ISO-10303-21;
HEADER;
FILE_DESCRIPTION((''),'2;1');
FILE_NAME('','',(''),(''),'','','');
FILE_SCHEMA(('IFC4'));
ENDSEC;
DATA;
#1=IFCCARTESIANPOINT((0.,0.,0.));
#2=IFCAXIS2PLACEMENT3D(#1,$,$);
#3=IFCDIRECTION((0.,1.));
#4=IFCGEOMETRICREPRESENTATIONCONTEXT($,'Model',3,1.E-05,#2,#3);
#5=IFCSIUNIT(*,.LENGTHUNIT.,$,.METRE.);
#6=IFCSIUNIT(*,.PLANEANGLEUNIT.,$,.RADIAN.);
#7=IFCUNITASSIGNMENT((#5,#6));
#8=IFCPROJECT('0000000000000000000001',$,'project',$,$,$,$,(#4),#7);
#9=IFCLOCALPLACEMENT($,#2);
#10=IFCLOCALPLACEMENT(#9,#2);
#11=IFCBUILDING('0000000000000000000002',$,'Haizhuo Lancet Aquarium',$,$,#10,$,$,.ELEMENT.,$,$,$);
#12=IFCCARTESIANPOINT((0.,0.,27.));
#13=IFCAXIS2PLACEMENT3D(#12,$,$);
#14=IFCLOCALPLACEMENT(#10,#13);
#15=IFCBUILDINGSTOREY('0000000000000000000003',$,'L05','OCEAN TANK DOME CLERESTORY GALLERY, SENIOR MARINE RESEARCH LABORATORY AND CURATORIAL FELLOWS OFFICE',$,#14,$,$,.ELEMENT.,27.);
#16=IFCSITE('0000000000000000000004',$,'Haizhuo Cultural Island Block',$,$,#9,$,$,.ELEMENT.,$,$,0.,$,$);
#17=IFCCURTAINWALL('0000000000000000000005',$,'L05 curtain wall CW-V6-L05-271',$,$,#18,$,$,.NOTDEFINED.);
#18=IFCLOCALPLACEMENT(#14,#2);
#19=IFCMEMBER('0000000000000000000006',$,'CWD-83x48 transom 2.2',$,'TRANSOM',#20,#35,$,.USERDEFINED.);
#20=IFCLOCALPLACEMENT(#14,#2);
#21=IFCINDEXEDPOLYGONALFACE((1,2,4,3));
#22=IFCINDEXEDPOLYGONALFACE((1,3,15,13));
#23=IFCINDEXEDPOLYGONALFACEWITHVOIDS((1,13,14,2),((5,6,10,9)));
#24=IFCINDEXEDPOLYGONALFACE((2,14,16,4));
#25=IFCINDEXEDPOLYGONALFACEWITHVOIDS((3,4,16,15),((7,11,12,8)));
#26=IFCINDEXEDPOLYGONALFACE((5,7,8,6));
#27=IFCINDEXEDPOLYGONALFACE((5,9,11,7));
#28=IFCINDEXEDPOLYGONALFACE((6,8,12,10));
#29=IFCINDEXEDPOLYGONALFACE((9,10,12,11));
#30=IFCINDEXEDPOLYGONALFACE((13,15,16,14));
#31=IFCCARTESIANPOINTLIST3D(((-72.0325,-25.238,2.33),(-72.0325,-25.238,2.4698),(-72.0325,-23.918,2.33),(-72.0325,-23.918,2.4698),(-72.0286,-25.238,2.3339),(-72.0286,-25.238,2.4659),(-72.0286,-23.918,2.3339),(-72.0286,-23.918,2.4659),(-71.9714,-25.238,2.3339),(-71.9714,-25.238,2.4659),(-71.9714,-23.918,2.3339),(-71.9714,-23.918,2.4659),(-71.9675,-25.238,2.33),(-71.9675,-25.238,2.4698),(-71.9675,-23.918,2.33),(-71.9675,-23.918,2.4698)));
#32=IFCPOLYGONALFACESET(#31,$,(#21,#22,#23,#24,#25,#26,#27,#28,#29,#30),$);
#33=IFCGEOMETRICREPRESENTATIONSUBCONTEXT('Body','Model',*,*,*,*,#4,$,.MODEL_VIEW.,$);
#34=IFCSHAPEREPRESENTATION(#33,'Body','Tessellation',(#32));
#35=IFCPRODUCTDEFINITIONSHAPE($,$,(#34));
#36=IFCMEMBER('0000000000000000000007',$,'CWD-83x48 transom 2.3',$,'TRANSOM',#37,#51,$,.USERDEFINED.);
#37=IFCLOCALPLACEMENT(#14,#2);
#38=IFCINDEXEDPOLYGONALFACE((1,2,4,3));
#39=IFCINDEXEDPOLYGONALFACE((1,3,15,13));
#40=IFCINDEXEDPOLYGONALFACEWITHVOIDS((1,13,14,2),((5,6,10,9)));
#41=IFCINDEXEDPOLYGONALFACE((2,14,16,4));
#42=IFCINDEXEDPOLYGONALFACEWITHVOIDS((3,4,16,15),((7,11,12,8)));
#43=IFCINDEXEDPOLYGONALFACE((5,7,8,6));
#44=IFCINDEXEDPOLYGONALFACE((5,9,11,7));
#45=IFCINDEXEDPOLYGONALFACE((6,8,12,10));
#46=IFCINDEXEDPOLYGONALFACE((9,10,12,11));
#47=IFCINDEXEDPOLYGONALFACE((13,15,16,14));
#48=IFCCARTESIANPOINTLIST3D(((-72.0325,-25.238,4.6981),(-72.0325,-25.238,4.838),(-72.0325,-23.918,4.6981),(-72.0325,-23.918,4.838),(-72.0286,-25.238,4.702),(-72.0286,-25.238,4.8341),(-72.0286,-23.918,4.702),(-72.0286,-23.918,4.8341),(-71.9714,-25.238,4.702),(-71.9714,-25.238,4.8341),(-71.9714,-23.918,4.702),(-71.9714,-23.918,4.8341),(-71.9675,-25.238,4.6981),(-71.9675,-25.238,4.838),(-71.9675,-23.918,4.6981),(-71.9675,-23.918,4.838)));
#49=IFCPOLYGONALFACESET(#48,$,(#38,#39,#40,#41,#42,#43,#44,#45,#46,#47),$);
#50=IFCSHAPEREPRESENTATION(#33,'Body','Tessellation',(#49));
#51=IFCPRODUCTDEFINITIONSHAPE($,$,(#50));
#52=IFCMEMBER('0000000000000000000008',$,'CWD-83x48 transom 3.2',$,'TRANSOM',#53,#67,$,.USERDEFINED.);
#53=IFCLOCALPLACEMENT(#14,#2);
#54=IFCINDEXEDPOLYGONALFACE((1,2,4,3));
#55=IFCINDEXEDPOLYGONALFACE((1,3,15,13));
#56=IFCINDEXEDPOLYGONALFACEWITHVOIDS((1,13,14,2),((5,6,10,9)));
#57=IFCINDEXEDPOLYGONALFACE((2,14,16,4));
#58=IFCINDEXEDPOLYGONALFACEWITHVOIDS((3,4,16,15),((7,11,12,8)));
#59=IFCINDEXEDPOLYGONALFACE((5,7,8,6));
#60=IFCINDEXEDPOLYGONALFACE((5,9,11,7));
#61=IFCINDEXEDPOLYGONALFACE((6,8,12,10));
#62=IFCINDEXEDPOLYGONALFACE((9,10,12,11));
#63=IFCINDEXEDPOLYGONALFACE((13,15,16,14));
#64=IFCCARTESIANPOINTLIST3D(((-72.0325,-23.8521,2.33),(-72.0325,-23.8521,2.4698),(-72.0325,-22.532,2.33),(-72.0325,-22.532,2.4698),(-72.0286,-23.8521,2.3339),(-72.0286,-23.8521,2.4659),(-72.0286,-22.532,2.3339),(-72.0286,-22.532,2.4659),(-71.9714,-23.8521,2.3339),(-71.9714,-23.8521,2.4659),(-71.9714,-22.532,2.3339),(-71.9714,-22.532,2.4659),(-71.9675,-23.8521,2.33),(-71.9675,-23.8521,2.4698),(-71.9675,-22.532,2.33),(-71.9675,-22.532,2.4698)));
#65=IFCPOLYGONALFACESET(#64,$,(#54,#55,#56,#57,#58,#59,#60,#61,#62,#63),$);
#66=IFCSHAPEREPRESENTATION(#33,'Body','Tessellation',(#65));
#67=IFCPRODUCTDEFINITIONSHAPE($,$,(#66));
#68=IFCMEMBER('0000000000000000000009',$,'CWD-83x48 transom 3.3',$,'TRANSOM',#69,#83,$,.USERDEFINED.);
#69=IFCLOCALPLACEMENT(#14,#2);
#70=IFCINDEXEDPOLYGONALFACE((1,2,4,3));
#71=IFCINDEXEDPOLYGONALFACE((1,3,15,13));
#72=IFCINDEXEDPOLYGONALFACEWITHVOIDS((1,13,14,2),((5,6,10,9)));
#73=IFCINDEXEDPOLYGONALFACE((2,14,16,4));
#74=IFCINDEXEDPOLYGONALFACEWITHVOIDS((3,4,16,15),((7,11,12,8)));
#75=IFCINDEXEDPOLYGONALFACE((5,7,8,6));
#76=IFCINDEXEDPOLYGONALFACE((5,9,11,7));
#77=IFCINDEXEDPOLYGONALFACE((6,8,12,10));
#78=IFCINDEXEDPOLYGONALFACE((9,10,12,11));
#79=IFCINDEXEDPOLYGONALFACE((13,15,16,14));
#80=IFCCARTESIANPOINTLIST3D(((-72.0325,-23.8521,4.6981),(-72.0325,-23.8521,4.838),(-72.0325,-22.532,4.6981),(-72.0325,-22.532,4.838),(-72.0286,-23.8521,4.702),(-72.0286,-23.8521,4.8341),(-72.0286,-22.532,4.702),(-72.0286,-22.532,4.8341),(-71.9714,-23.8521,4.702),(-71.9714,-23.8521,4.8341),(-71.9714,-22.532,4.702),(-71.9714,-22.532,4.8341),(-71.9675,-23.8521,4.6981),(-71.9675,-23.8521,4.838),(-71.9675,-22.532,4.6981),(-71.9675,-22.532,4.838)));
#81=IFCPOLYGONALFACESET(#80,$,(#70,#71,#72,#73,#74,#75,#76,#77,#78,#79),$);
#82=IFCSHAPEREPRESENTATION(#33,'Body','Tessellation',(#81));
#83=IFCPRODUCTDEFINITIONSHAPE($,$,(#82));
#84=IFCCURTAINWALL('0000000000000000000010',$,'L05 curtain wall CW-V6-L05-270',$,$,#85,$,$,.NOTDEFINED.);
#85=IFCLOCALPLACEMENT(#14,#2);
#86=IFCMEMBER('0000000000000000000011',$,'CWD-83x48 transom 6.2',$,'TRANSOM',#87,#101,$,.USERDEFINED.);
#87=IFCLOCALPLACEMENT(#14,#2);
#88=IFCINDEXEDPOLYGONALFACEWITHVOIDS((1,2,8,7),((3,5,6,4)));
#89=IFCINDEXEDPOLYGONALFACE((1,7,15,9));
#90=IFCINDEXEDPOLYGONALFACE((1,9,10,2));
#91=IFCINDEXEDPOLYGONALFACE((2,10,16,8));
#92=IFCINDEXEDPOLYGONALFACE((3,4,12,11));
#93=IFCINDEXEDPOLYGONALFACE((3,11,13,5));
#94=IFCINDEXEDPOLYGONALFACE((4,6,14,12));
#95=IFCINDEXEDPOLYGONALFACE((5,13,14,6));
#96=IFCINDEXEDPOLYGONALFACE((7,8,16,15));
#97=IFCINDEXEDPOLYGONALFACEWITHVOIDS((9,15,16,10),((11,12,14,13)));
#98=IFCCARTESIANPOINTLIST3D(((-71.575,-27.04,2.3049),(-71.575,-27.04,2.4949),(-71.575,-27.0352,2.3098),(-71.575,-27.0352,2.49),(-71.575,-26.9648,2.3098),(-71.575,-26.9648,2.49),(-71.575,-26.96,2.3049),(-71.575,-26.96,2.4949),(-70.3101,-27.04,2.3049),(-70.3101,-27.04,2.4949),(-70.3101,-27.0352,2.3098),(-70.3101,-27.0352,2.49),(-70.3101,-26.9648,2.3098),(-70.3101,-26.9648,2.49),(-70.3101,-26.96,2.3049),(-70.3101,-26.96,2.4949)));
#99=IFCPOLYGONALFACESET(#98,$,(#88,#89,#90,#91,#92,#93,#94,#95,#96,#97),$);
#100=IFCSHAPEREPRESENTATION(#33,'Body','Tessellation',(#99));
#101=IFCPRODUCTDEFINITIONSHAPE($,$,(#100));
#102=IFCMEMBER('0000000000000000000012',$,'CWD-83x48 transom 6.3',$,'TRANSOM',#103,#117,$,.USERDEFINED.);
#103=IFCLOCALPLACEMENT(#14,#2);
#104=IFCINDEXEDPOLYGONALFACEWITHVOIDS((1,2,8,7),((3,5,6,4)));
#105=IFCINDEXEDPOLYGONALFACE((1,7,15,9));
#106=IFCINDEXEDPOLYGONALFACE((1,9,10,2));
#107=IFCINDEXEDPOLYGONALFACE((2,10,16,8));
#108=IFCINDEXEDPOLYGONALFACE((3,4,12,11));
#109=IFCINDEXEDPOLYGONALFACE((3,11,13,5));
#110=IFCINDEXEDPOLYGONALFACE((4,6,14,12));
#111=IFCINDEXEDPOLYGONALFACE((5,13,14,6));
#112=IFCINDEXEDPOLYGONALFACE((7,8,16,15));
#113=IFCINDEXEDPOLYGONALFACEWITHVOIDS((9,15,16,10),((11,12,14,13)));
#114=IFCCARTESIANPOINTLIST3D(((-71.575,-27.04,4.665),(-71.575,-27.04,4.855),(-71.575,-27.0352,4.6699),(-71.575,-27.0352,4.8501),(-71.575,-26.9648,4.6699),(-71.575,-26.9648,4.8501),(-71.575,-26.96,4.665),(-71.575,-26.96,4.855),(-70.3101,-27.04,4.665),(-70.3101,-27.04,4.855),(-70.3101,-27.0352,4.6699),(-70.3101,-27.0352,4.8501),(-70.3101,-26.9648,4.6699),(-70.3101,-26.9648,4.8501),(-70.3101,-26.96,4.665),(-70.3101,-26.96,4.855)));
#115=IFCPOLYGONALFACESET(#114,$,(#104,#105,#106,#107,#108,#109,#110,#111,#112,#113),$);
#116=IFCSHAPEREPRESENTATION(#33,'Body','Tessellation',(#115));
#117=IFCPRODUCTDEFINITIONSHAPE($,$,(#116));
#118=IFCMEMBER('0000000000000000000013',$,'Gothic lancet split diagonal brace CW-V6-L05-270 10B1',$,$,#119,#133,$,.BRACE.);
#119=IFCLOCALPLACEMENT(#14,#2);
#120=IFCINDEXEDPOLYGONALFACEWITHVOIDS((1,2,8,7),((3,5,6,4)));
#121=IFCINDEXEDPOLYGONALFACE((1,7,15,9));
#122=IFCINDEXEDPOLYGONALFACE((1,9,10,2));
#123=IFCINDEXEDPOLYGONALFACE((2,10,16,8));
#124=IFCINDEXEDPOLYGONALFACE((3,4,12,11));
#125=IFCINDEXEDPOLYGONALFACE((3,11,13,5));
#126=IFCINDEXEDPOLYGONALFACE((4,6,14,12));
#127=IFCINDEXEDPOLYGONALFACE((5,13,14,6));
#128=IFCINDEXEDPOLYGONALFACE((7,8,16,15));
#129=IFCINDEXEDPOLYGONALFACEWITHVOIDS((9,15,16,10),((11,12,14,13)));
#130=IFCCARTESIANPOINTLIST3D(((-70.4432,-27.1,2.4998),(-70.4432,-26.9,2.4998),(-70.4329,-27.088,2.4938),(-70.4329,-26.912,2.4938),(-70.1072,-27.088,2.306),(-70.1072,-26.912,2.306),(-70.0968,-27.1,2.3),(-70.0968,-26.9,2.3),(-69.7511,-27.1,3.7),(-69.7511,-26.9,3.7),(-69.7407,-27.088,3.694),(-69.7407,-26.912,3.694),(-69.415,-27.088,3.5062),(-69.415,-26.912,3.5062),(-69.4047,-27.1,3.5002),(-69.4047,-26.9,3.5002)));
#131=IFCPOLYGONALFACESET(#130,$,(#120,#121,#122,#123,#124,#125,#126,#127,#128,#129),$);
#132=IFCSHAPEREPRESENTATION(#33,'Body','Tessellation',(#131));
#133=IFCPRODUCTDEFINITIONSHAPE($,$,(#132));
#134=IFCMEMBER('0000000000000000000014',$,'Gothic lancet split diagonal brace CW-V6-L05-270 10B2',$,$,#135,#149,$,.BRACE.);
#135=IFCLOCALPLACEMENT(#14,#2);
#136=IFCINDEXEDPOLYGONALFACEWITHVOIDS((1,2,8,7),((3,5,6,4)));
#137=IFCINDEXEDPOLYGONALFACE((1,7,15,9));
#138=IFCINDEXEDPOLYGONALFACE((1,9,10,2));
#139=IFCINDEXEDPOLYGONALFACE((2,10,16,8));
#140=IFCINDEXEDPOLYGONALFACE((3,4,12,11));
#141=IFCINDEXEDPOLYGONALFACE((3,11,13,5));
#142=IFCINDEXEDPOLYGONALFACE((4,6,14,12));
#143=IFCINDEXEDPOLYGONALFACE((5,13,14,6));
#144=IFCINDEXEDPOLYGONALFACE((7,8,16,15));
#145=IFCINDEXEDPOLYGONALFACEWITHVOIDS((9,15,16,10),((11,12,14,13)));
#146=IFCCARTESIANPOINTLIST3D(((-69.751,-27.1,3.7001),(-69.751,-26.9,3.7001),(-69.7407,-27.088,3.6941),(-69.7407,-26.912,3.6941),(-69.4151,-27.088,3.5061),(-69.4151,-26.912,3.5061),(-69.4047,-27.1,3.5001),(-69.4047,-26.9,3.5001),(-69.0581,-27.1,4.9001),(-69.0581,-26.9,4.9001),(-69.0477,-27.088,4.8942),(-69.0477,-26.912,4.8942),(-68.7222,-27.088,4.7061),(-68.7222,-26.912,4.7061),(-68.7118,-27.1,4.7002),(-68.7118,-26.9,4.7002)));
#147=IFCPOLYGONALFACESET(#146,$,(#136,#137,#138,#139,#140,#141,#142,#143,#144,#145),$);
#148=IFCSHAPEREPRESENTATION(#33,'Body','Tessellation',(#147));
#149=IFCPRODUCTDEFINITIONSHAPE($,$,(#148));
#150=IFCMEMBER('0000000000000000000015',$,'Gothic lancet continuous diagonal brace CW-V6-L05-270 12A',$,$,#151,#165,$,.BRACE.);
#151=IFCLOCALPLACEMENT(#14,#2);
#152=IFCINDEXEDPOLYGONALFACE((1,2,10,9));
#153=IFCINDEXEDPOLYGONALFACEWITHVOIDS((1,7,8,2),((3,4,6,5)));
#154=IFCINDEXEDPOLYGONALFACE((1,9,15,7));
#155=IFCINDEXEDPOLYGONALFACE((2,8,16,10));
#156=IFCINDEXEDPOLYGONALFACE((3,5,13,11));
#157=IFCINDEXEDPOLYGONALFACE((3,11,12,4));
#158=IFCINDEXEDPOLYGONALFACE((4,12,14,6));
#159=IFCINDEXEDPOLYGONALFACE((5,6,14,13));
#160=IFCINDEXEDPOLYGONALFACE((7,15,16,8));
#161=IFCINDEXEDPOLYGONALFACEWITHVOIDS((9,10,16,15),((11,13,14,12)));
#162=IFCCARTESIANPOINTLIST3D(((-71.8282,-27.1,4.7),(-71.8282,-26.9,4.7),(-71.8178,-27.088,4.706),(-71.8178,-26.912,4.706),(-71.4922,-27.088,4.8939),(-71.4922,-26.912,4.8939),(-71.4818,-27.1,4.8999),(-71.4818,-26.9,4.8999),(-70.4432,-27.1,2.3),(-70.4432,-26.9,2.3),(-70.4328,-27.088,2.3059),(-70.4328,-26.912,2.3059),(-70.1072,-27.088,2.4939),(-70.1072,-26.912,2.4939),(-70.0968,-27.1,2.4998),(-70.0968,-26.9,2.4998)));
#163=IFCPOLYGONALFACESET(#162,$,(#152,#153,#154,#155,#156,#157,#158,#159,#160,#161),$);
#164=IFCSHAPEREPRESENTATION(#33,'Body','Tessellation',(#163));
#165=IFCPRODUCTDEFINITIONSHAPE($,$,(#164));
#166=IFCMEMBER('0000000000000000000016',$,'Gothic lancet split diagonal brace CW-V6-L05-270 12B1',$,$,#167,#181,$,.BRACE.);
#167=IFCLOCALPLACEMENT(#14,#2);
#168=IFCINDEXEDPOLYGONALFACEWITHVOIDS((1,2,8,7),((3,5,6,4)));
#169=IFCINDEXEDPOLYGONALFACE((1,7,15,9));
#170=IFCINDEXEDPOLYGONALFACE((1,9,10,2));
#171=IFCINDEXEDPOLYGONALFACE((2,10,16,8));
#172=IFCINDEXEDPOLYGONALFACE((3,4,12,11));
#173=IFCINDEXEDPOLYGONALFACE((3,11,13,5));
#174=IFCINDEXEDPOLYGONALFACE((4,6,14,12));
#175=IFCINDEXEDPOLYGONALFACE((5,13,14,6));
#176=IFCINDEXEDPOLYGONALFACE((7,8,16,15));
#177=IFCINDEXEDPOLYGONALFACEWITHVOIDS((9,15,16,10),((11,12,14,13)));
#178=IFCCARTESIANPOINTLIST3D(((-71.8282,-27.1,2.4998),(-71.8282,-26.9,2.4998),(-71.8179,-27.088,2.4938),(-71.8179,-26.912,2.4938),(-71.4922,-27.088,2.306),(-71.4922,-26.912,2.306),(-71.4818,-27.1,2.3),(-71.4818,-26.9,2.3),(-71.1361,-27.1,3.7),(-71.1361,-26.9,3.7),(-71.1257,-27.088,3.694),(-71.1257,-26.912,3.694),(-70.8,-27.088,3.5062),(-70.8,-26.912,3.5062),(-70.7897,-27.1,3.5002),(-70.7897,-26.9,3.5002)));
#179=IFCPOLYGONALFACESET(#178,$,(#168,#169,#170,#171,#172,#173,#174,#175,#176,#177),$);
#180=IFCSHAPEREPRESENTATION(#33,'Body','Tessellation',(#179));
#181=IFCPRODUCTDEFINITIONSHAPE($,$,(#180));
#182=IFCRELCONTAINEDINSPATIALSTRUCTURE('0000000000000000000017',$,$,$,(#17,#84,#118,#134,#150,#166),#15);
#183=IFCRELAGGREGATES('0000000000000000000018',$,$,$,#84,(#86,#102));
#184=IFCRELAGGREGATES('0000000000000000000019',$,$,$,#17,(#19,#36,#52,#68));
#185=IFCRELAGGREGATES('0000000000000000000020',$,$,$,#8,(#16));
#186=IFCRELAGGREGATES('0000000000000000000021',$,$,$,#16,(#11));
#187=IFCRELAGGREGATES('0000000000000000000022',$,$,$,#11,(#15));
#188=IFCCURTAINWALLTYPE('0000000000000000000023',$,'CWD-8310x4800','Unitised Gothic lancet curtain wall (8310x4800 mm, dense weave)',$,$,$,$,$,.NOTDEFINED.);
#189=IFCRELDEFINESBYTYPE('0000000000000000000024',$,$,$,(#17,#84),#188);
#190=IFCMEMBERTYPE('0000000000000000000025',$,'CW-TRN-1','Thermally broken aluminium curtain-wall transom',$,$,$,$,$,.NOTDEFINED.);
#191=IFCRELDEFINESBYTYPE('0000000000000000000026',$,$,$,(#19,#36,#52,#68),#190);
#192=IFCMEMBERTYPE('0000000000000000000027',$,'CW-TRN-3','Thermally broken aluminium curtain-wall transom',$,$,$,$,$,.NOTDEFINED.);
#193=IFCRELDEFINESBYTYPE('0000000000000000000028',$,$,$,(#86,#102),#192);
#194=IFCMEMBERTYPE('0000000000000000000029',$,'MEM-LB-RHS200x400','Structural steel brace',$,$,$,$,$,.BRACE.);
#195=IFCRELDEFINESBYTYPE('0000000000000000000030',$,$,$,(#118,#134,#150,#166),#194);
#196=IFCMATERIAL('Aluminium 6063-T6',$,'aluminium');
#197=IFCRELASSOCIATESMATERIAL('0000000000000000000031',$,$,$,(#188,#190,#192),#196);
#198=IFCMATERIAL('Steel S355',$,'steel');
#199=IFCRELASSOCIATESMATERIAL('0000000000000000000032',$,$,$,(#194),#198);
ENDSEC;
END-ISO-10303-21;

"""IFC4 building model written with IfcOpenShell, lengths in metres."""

from ifc_helpers import new_model, si_unit, direction, frame, origin, origin_2d, place, context, subcontext, project, spatial, hollow_rectangle, extrude, material, material_profile, profile_set, type_object, element, aggregate, save


model = new_model("IFC4")

# Units and contexts
model_context = context("Model", 3, precision=1e-05, world=origin(), true_north=direction((0.0, 1.0)))
body_context = subcontext(model_context, "Body", "Model", "MODEL_VIEW")
ifc_project = project(units=[si_unit("LENGTHUNIT", "METRE"), si_unit("PLANEANGLEUNIT", "RADIAN")], contexts=[model_context])

# Site, building, storey
site_placement = place(None, origin())
site = spatial("IfcSite", under=ifc_project, at=site_placement, Name="Haizhuo Cultural Island Block", CompositionType="ELEMENT", RefElevation=0.0)
building_placement = place(site_placement, origin())
building = spatial("IfcBuilding", under=site, at=building_placement, Name="Haizhuo Lancet Aquarium", CompositionType="ELEMENT")
storey_placement = place(building_placement, frame((0.0, 0.0, 27.0)))
storey = spatial("IfcBuildingStorey", under=building, at=storey_placement, Name="L05", Description="OCEAN TANK DOME CLERESTORY GALLERY, SENIOR MARINE RESEARCH LABORATORY AND CURATORIAL FELLOWS OFFICE", CompositionType="ELEMENT", Elevation=27.0)

# Curtain walls, members
ifc_material_1 = material(Name="Aluminium 6063-T6", Category="aluminium")
curtain_wall_type = type_object("IfcCurtainWallType", Name="CWD-8310x4800", Description="Unitised Gothic lancet curtain wall (8310x4800 mm, dense weave)", PredefinedType="NOTDEFINED", material=ifc_material_1)
curtain_wall_1_placement = place(storey_placement, origin())
curtain_wall_1 = element("IfcCurtainWall", 1, at=curtain_wall_1_placement, inside=storey, type_object=curtain_wall_type, Name="L05 curtain wall CW-V6-L05-271", PredefinedType="NOTDEFINED")
ifc_material_profile_1 = material_profile(ifc_material_1, hollow_rectangle(XDim=0.0649, YDim=0.1399, WallThickness=0.0039, at=origin_2d()), Name="ALU-T 65x140x4")
ifc_profile_set_1 = profile_set([ifc_material_profile_1], Name="Aluminium 6063-T6")
member_type_1 = type_object("IfcMemberType", Name="CW-TRN-1", Description="Thermally broken aluminium curtain-wall transom", PredefinedType="NOTDEFINED", material=ifc_profile_set_1)
member_1_placement = place(storey_placement, frame((-72.0, -25.238, 2.3999), z_axis=(0.0, 1.0, 0.0), x_axis=(-1.0, 0.0, 0.0)))
member_1 = element("IfcMember", 2, at=member_1_placement, type_object=member_type_1, Name="CWD-83x48 transom 2.2", ObjectType="TRANSOM", PredefinedType="USERDEFINED", context=body_context, shape_type="SweptSolid", body=[
    extrude(hollow_rectangle(XDim=0.0649, YDim=0.1399, WallThickness=0.0039, at=origin_2d()), origin(), (0.0, 0.0, 1.0), 1.3201),
])
member_2_placement = place(storey_placement, frame((-72.0, -25.238, 4.7681), z_axis=(0.0, 1.0, 0.0), x_axis=(-1.0, 0.0, 0.0)))
member_2 = element("IfcMember", 3, at=member_2_placement, type_object=member_type_1, Name="CWD-83x48 transom 2.3", ObjectType="TRANSOM", PredefinedType="USERDEFINED", context=body_context, shape_type="SweptSolid", body=[
    extrude(hollow_rectangle(XDim=0.0649, YDim=0.1399, WallThickness=0.0039, at=origin_2d()), origin(), (0.0, 0.0, 1.0), 1.3201),
])
member_3_placement = place(storey_placement, frame((-72.0, -23.8521, 2.3999), z_axis=(0.0, 1.0, 0.0), x_axis=(-1.0, 0.0, 0.0)))
member_3 = element("IfcMember", 4, at=member_3_placement, type_object=member_type_1, Name="CWD-83x48 transom 3.2", ObjectType="TRANSOM", PredefinedType="USERDEFINED", context=body_context, shape_type="SweptSolid", body=[
    extrude(hollow_rectangle(XDim=0.0649, YDim=0.1399, WallThickness=0.0039, at=origin_2d()), origin(), (0.0, 0.0, 1.0), 1.3201),
])
member_4_placement = place(storey_placement, frame((-72.0, -23.8521, 4.7681), z_axis=(0.0, 1.0, 0.0), x_axis=(-1.0, 0.0, 0.0)))
member_4 = element("IfcMember", 5, at=member_4_placement, type_object=member_type_1, Name="CWD-83x48 transom 3.3", ObjectType="TRANSOM", PredefinedType="USERDEFINED", context=body_context, shape_type="SweptSolid", body=[
    extrude(hollow_rectangle(XDim=0.0649, YDim=0.1399, WallThickness=0.0039, at=origin_2d()), origin(), (0.0, 0.0, 1.0), 1.3201),
])
curtain_wall_2_placement = place(storey_placement, origin())
curtain_wall_2 = element("IfcCurtainWall", 6, at=curtain_wall_2_placement, inside=storey, type_object=curtain_wall_type, Name="L05 curtain wall CW-V6-L05-270", PredefinedType="NOTDEFINED")
ifc_material_profile_2 = material_profile(ifc_material_1, hollow_rectangle(XDim=0.0801, YDim=0.1899, WallThickness=0.0049, at=origin_2d()), Name="ALU-T 80x190x5")
ifc_profile_set_2 = profile_set([ifc_material_profile_2], Name="Aluminium 6063-T6")
member_type_2 = type_object("IfcMemberType", Name="CW-TRN-3", Description="Thermally broken aluminium curtain-wall transom", PredefinedType="NOTDEFINED", material=ifc_profile_set_2)
member_5_placement = place(storey_placement, frame((-70.3101, -27.0, 2.3999), z_axis=(-1.0, 0.0, 0.0), x_axis=(0.0, -1.0, 0.0)))
member_5 = element("IfcMember", 7, at=member_5_placement, type_object=member_type_2, Name="CWD-83x48 transom 6.2", ObjectType="TRANSOM", PredefinedType="USERDEFINED", context=body_context, shape_type="SweptSolid", body=[
    extrude(hollow_rectangle(XDim=0.0801, YDim=0.1899, WallThickness=0.0049, at=origin_2d()), origin(), (0.0, 0.0, 1.0), 1.2649),
])
member_6_placement = place(storey_placement, frame((-70.3101, -27.0, 4.76), z_axis=(-1.0, 0.0, 0.0), x_axis=(0.0, -1.0, 0.0)))
member_6 = element("IfcMember", 8, at=member_6_placement, type_object=member_type_2, Name="CWD-83x48 transom 6.3", ObjectType="TRANSOM", PredefinedType="USERDEFINED", context=body_context, shape_type="SweptSolid", body=[
    extrude(hollow_rectangle(XDim=0.0801, YDim=0.1899, WallThickness=0.0049, at=origin_2d()), origin(), (0.0, 0.0, 1.0), 1.2649),
])

# Members
ifc_material_2 = material(Name="Steel S355", Category="steel")
ifc_material_profile_3 = material_profile(ifc_material_2, hollow_rectangle(XDim=0.2, YDim=0.3999, WallThickness=0.012, at=origin_2d()), Name="RHS 200x400x12")
ifc_profile_set_3 = profile_set([ifc_material_profile_3], Name="Steel S355")
member_type_3 = type_object("IfcMemberType", Name="MEM-LB-RHS200x400", Description="Structural steel brace", PredefinedType="BRACE", material=ifc_profile_set_3)
member_7_placement = place(storey_placement, frame((-70.27, -27.0, 2.3999), z_axis=(0.49957, 0.0, 0.866274), x_axis=(0.0, 1.0, 0.0)))
element("IfcMember", 9, at=member_7_placement, inside=storey, type_object=member_type_3, Name="Gothic lancet split diagonal brace CW-V6-L05-270 10B1", PredefinedType="BRACE", context=body_context, shape_type="SweptSolid", body=[
    extrude(hollow_rectangle(XDim=0.2, YDim=0.3999, WallThickness=0.012, at=origin_2d()), origin(), (0.0, 0.0, 1.0), 1.3855),
])
member_8_placement = place(storey_placement, frame((-69.5779, -27.0, 3.6001), z_axis=(0.500043, 0.0, 0.866001), x_axis=(0.0, 1.0, 0.0)))
element("IfcMember", 10, at=member_8_placement, inside=storey, type_object=member_type_3, Name="Gothic lancet split diagonal brace CW-V6-L05-270 10B2", PredefinedType="BRACE", context=body_context, shape_type="SweptSolid", body=[
    extrude(hollow_rectangle(XDim=0.2, YDim=0.3999, WallThickness=0.012, at=origin_2d()), origin(), (0.0, 0.0, 1.0), 1.3857),
])
member_9_placement = place(storey_placement, frame((-70.27, -27.0, 2.3999), z_axis=(-0.499806, 0.0, 0.866137), x_axis=(0.0, -1.0, 0.0)))
element("IfcMember", 11, at=member_9_placement, inside=storey, type_object=member_type_3, Name="Gothic lancet continuous diagonal brace CW-V6-L05-270 12A", PredefinedType="BRACE", context=body_context, shape_type="SweptSolid", body=[
    extrude(hollow_rectangle(XDim=0.2, YDim=0.3999, WallThickness=0.012, at=origin_2d()), origin(), (0.0, 0.0, 1.0), 2.771),
])
member_10_placement = place(storey_placement, frame((-71.655, -27.0, 2.3999), z_axis=(0.49957, 0.0, 0.866274), x_axis=(0.0, 1.0, 0.0)))
element("IfcMember", 12, at=member_10_placement, inside=storey, type_object=member_type_3, Name="Gothic lancet split diagonal brace CW-V6-L05-270 12B1", PredefinedType="BRACE", context=body_context, shape_type="SweptSolid", body=[
    extrude(hollow_rectangle(XDim=0.2, YDim=0.3999, WallThickness=0.012, at=origin_2d()), origin(), (0.0, 0.0, 1.0), 1.3855),
])

aggregate(curtain_wall_2, [member_5, member_6])
aggregate(curtain_wall_1, [member_1, member_2, member_3, member_4])

save(model, "model.ifc")
